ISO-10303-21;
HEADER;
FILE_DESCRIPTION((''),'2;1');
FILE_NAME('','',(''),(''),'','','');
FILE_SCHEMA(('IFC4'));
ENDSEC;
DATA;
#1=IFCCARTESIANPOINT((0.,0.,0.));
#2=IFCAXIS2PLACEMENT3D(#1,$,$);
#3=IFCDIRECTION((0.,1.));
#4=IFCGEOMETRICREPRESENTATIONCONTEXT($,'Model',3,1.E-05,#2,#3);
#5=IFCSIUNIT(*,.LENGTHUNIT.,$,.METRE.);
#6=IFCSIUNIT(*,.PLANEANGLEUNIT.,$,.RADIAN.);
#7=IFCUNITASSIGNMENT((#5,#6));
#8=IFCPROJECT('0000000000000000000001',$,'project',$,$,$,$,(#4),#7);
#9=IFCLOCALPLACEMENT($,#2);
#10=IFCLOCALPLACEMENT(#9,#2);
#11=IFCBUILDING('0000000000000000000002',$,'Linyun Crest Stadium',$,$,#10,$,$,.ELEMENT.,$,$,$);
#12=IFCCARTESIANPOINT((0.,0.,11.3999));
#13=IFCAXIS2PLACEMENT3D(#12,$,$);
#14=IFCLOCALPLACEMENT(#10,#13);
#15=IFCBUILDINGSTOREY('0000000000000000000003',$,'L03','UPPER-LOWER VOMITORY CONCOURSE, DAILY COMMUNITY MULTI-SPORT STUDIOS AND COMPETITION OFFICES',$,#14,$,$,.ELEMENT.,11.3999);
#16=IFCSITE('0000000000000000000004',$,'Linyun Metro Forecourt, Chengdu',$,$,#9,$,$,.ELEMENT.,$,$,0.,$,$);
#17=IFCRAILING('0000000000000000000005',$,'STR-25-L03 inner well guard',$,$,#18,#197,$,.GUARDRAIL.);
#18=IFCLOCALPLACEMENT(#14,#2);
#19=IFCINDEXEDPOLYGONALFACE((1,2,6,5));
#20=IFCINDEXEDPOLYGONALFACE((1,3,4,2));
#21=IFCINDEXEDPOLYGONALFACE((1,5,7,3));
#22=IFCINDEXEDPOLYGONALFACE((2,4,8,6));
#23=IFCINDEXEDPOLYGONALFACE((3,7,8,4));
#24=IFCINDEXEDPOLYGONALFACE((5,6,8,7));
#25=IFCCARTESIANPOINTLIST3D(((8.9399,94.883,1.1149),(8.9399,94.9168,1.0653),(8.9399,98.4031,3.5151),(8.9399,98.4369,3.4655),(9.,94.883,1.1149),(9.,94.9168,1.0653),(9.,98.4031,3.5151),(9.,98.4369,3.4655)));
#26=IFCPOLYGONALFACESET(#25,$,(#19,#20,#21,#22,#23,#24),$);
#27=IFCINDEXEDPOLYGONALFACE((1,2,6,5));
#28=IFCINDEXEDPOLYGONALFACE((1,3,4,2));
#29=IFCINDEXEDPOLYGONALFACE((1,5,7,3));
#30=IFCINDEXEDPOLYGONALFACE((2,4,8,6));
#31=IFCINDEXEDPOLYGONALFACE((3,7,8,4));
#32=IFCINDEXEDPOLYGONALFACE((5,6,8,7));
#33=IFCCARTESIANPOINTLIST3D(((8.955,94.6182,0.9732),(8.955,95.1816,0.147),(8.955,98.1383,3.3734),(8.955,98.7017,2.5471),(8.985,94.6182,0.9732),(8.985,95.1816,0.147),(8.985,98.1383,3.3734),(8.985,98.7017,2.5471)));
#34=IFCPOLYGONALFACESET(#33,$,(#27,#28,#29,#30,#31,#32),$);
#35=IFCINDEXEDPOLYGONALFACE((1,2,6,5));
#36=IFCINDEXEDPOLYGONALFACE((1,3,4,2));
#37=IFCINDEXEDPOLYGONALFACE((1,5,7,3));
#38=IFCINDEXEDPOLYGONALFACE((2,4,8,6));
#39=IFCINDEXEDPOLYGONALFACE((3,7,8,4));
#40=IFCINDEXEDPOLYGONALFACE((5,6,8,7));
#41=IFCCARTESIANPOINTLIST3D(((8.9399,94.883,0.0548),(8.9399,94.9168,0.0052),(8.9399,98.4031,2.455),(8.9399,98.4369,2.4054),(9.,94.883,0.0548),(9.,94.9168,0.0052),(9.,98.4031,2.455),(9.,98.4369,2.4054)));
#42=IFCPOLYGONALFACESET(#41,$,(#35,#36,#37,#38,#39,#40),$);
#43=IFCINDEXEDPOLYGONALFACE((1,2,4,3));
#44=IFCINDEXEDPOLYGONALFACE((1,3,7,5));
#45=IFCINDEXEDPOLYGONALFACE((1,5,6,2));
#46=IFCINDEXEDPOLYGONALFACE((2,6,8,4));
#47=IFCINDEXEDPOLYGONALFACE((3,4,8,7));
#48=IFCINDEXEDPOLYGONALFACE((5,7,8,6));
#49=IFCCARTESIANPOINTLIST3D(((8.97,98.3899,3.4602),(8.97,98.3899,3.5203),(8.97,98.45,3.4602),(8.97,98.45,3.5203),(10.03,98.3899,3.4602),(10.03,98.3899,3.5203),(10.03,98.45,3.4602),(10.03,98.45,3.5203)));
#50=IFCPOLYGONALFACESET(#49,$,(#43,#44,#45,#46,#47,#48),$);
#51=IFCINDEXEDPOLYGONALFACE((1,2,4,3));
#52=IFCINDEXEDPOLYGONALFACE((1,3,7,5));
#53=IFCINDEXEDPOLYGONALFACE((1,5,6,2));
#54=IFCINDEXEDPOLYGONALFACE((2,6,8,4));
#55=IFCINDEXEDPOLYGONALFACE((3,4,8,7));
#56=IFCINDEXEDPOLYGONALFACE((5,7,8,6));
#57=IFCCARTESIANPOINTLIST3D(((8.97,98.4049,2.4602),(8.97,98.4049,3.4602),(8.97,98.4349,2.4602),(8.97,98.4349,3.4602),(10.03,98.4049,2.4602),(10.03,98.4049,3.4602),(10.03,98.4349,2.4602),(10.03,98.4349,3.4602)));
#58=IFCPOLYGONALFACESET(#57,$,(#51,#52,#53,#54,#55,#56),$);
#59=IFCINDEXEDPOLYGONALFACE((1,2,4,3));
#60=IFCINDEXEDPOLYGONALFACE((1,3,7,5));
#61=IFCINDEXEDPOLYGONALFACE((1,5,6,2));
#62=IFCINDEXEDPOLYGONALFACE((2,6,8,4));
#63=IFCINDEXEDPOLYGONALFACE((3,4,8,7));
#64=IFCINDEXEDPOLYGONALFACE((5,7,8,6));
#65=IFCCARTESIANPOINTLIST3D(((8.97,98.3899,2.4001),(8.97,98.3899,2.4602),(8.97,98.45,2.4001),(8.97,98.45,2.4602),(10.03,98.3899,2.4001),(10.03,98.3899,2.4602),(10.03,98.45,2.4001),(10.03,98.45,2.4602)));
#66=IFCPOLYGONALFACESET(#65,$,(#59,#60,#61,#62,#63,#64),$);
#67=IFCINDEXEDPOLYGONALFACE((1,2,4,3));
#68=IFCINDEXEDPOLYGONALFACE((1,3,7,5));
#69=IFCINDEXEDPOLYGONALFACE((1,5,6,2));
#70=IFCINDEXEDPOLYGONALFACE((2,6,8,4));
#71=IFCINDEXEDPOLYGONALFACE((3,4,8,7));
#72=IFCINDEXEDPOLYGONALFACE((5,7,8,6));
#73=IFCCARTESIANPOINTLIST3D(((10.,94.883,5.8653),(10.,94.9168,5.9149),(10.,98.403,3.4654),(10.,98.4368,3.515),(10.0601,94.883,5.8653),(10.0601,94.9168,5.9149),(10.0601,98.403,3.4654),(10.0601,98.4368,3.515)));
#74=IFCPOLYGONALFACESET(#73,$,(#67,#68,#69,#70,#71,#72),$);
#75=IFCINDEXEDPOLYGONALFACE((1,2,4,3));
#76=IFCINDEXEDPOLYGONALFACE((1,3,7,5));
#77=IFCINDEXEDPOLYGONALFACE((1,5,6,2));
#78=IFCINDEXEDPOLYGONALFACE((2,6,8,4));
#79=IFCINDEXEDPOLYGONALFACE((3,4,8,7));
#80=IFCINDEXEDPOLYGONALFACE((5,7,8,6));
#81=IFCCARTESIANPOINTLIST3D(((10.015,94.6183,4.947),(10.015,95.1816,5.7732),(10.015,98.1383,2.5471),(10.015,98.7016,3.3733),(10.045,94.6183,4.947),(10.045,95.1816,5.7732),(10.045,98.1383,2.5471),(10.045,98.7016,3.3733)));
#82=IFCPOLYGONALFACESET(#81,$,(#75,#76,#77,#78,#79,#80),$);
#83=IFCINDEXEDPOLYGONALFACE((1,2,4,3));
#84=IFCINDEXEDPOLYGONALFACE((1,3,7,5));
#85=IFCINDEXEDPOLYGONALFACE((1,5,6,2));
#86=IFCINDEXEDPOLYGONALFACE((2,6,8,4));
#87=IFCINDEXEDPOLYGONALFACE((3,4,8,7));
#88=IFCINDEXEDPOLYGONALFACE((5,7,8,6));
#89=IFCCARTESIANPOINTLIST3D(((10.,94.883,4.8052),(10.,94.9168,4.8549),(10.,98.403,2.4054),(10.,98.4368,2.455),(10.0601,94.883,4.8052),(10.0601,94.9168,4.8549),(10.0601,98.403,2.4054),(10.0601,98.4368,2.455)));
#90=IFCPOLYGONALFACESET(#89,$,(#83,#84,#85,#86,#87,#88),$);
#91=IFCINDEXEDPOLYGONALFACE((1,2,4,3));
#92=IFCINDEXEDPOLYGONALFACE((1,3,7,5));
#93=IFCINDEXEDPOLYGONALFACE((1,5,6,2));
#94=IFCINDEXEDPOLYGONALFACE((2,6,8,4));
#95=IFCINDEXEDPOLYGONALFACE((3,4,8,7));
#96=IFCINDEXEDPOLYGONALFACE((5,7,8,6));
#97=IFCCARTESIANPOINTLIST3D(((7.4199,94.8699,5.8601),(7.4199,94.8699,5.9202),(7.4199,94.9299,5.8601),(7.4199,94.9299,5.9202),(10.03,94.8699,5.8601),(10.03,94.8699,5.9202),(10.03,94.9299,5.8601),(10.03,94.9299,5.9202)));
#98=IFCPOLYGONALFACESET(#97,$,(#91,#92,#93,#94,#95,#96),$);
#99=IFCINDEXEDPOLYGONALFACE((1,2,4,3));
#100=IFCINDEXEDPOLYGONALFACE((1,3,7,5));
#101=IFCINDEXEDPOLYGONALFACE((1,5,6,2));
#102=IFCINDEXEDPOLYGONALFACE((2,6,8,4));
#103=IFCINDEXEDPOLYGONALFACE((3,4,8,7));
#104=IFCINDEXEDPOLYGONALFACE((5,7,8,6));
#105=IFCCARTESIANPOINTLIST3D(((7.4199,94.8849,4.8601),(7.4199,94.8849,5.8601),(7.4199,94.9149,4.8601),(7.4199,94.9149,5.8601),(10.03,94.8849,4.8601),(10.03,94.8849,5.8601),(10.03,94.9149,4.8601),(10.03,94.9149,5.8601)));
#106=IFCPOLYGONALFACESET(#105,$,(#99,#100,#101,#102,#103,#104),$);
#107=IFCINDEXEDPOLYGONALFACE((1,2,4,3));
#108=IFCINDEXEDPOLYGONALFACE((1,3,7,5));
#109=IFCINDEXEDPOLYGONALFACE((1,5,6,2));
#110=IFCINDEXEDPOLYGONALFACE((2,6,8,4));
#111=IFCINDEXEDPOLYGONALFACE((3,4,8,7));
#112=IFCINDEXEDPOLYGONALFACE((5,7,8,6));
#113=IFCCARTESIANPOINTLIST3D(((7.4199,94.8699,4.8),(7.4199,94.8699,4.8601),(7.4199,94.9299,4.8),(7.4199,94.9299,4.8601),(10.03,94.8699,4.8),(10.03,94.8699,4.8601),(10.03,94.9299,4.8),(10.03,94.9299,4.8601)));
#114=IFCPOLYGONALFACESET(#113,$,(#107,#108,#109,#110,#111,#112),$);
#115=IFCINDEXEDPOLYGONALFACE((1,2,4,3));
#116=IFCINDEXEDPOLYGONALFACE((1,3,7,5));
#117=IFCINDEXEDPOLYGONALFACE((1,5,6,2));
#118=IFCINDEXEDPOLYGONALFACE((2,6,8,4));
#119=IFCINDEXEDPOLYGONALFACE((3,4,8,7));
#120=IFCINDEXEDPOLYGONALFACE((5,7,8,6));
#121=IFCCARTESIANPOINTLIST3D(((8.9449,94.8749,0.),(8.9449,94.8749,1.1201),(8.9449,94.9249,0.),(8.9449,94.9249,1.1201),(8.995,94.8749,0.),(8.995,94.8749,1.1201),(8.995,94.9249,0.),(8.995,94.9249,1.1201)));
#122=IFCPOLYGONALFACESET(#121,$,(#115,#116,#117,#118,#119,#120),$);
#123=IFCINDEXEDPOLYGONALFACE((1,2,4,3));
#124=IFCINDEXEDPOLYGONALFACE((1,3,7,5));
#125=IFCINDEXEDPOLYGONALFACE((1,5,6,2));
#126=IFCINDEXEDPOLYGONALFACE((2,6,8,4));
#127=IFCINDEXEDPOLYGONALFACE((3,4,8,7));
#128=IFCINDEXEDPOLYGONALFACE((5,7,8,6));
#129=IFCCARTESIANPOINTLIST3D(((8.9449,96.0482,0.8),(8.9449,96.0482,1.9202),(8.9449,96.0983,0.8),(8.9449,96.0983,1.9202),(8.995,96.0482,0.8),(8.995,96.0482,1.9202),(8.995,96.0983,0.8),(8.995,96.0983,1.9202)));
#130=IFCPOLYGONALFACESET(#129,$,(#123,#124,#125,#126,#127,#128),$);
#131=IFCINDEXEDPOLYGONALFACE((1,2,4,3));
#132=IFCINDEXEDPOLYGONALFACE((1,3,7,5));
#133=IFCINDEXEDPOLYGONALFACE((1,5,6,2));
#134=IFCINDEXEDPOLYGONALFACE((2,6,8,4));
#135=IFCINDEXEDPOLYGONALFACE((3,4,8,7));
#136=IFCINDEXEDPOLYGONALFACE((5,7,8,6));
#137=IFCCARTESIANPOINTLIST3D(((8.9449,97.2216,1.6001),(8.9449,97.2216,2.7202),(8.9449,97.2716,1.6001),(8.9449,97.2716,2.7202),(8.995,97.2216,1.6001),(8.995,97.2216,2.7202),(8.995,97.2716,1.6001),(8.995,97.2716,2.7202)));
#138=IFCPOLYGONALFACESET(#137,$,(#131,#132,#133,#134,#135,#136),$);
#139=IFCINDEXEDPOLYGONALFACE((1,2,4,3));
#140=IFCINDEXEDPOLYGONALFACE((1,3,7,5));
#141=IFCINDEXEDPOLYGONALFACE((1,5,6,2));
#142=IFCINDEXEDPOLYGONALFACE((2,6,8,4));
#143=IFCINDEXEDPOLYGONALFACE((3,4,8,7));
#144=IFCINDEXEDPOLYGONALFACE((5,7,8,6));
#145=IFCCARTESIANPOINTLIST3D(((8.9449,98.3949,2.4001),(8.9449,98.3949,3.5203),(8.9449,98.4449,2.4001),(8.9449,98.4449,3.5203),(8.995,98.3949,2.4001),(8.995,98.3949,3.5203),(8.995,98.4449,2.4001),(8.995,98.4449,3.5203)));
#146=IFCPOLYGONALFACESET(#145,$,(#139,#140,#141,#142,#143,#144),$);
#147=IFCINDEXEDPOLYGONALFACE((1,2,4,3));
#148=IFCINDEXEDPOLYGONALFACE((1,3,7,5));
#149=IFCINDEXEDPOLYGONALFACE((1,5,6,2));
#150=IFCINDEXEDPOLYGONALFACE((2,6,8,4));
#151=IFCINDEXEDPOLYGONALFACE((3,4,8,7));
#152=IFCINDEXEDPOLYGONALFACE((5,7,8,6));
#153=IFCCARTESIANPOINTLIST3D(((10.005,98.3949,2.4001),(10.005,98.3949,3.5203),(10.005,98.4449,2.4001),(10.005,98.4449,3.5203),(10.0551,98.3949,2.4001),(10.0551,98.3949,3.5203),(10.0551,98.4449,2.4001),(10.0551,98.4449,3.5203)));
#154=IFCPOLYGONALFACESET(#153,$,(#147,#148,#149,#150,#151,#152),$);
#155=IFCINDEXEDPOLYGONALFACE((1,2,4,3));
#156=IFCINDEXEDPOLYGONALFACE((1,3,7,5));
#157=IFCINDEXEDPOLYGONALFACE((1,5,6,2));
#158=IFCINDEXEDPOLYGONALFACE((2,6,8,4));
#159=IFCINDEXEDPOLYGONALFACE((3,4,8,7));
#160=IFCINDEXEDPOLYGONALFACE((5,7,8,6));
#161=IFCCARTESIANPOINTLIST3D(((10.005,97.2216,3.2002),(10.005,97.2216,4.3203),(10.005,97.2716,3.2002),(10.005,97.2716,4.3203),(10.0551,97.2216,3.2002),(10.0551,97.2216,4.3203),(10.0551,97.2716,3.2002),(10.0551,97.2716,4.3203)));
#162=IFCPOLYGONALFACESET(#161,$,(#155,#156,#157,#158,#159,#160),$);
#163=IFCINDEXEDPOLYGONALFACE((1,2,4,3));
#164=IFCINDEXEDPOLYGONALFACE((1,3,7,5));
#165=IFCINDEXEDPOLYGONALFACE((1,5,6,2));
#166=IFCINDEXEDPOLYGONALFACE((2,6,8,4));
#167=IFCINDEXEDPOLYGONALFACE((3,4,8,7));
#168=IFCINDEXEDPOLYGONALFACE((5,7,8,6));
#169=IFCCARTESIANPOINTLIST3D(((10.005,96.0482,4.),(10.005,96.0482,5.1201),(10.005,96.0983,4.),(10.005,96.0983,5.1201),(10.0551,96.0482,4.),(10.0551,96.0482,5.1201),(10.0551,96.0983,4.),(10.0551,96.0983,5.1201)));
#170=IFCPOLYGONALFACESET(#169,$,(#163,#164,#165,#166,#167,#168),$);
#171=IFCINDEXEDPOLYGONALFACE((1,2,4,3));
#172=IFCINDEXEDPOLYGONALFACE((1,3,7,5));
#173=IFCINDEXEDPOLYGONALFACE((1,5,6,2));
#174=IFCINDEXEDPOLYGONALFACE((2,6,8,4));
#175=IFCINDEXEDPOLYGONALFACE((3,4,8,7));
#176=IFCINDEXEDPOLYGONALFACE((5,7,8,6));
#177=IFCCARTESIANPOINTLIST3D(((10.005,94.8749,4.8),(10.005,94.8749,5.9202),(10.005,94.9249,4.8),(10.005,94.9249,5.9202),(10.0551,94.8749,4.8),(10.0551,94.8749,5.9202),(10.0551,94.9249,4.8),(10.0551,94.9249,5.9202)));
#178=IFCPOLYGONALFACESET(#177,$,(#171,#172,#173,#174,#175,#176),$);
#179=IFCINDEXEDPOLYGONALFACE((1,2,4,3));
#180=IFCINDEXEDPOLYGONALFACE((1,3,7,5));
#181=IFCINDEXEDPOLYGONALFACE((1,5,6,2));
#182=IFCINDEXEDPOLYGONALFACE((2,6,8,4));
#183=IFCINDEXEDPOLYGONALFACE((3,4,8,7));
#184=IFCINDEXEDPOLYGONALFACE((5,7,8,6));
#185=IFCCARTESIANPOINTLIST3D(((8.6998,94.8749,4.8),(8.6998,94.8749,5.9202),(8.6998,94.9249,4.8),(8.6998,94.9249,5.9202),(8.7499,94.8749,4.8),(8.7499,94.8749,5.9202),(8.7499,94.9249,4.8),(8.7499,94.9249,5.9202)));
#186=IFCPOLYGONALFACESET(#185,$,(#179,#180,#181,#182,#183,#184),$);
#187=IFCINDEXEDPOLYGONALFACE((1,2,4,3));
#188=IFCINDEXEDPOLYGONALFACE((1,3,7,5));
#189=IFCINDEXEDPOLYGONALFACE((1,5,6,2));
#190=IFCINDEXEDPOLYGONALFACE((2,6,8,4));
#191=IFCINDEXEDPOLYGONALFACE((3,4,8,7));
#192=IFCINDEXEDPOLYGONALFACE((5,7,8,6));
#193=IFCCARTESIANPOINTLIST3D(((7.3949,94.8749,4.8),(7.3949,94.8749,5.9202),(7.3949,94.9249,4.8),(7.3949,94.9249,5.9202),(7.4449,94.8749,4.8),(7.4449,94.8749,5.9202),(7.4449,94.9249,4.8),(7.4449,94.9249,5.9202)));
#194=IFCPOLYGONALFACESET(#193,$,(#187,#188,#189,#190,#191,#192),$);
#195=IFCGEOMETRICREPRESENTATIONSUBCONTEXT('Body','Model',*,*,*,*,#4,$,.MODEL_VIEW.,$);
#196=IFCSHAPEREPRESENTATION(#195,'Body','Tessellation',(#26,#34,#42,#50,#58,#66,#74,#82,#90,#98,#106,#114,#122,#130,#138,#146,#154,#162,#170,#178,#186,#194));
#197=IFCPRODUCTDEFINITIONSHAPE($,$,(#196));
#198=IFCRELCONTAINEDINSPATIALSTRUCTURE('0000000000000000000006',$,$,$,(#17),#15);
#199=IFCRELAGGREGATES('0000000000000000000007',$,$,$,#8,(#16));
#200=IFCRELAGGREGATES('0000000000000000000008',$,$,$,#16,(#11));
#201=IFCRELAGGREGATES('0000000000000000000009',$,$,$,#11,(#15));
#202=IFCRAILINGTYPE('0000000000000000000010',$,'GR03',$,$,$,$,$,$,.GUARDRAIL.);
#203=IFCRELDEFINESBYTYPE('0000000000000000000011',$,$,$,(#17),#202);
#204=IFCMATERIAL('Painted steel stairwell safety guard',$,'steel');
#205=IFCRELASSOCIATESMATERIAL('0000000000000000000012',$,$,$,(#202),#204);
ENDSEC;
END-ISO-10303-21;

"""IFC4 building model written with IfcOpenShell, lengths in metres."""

from ifc_helpers import new_model, si_unit, direction, frame, origin, origin_2d, place, context, subcontext, project, spatial, rectangle, extrude, material, type_object, element, save


model = new_model("IFC4")

# Units and contexts
model_context = context("Model", 3, precision=1e-05, world=origin(), true_north=direction((0.0, 1.0)))
body_context = subcontext(model_context, "Body", "Model", "MODEL_VIEW")
ifc_project = project(units=[si_unit("LENGTHUNIT", "METRE"), si_unit("PLANEANGLEUNIT", "RADIAN")], contexts=[model_context])

# Site, building, storey
site_placement = place(None, origin())
site = spatial("IfcSite", under=ifc_project, at=site_placement, Name="Linyun Metro Forecourt, Chengdu", CompositionType="ELEMENT", RefElevation=0.0)
building_placement = place(site_placement, origin())
building = spatial("IfcBuilding", under=site, at=building_placement, Name="Linyun Crest Stadium", CompositionType="ELEMENT")
storey_placement = place(building_placement, frame((0.0, 0.0, 11.3999)))
storey = spatial("IfcBuildingStorey", under=building, at=storey_placement, Name="L03", Description="UPPER-LOWER VOMITORY CONCOURSE, DAILY COMMUNITY MULTI-SPORT STUDIOS AND COMPETITION OFFICES", CompositionType="ELEMENT", Elevation=11.3999)

# Railing
ifc_material_1 = material(Name="Painted steel stairwell safety guard", Category="steel")
railing_type_1 = type_object("IfcRailingType", Name="GR03", PredefinedType="GUARDRAIL", material=ifc_material_1)
railing_1_placement = place(storey_placement, frame((8.97, 94.8999, 0.0)))
element("IfcRailing", 1, at=railing_1_placement, inside=storey, type_object=railing_type_1, Name="STR-25-L03 inner well guard", PredefinedType="GUARDRAIL", context=body_context, shape_type="SweptSolid", body=[
    extrude(rectangle(XDim=0.0601, YDim=0.0601, at=origin_2d()), frame((0.0, 0.0, 1.0901), z_axis=(0.0, 0.826213, 0.563358), x_axis=(-1.0, 0.0, 0.0)), (0.0, 0.0, 1.0), 4.2605),
    extrude(rectangle(XDim=0.03, YDim=1.0, at=origin_2d()), frame((0.0, 0.0, 0.5601), z_axis=(0.0, 0.826213, 0.563358), x_axis=(-1.0, 0.0, 0.0)), (0.0, 0.0, 1.0), 4.2605),
    extrude(rectangle(XDim=0.0601, YDim=0.0601, at=origin_2d()), frame((0.0, 0.0, 0.03), z_axis=(0.0, 0.826213, 0.563358), x_axis=(-1.0, 0.0, 0.0)), (0.0, 0.0, 1.0), 4.2605),
    extrude(rectangle(XDim=0.0601, YDim=0.0601, at=origin_2d()), frame((0.0, 3.52, 3.4902), z_axis=(1.0, 0.0, 0.0), x_axis=(0.0, 1.0, 0.0)), (0.0, 0.0, 1.0), 1.0601),
    extrude(rectangle(XDim=0.03, YDim=1.0, at=origin_2d()), frame((0.0, 3.52, 2.9602), z_axis=(1.0, 0.0, 0.0), x_axis=(0.0, 1.0, 0.0)), (0.0, 0.0, 1.0), 1.0601),
    extrude(rectangle(XDim=0.0601, YDim=0.0601, at=origin_2d()), frame((0.0, 3.52, 2.4302), z_axis=(1.0, 0.0, 0.0), x_axis=(0.0, 1.0, 0.0)), (0.0, 0.0, 1.0), 1.0601),
    extrude(rectangle(XDim=0.0601, YDim=0.0601, at=origin_2d()), frame((1.0601, 3.52, 3.4902), z_axis=(0.0, -0.826239, 0.563319), x_axis=(1.0, 0.0, 0.0)), (0.0, 0.0, 1.0), 4.2603),
    extrude(rectangle(XDim=0.03, YDim=1.0, at=origin_2d()), frame((1.0601, 3.52, 2.9602), z_axis=(0.0, -0.826239, 0.563319), x_axis=(1.0, 0.0, 0.0)), (0.0, 0.0, 1.0), 4.2603),
    extrude(rectangle(XDim=0.0601, YDim=0.0601, at=origin_2d()), frame((1.0601, 3.52, 2.4302), z_axis=(0.0, -0.826239, 0.563319), x_axis=(1.0, 0.0, 0.0)), (0.0, 0.0, 1.0), 4.2603),
    extrude(rectangle(XDim=0.0601, YDim=0.0601, at=origin_2d()), frame((1.0601, 0.0, 5.8901), z_axis=(-1.0, 0.0, 0.0), x_axis=(0.0, -1.0, 0.0)), (0.0, 0.0, 1.0), 2.6101),
    extrude(rectangle(XDim=0.03, YDim=1.0, at=origin_2d()), frame((1.0601, 0.0, 5.3601), z_axis=(-1.0, 0.0, 0.0), x_axis=(0.0, -1.0, 0.0)), (0.0, 0.0, 1.0), 2.6101),
    extrude(rectangle(XDim=0.0601, YDim=0.0601, at=origin_2d()), frame((1.0601, 0.0, 4.8301), z_axis=(-1.0, 0.0, 0.0), x_axis=(0.0, -1.0, 0.0)), (0.0, 0.0, 1.0), 2.6101),
    extrude(rectangle(XDim=0.05, YDim=0.05, at=origin_2d()), origin(), (0.0, 0.0, 1.0), 1.1201),
    extrude(rectangle(XDim=0.05, YDim=0.05, at=origin_2d()), frame((0.0, 1.1733, 0.8)), (0.0, 0.0, 1.0), 1.1201),
    extrude(rectangle(XDim=0.05, YDim=0.05, at=origin_2d()), frame((0.0, 2.3467, 1.6001)), (0.0, 0.0, 1.0), 1.1201),
    extrude(rectangle(XDim=0.05, YDim=0.05, at=origin_2d()), frame((0.0, 3.52, 2.4001)), (0.0, 0.0, 1.0), 1.1201),
    extrude(rectangle(XDim=0.05, YDim=0.05, at=origin_2d()), frame((1.0601, 3.52, 2.4001)), (0.0, 0.0, 1.0), 1.1201),
    extrude(rectangle(XDim=0.05, YDim=0.05, at=origin_2d()), frame((1.0601, 2.3467, 3.2002)), (0.0, 0.0, 1.0), 1.1201),
    extrude(rectangle(XDim=0.05, YDim=0.05, at=origin_2d()), frame((1.0601, 1.1733, 4.0)), (0.0, 0.0, 1.0), 1.1201),
    extrude(rectangle(XDim=0.05, YDim=0.05, at=origin_2d()), frame((1.0601, 0.0, 4.8)), (0.0, 0.0, 1.0), 1.1201),
    extrude(rectangle(XDim=0.05, YDim=0.05, at=origin_2d()), frame((-0.2451, 0.0, 4.8)), (0.0, 0.0, 1.0), 1.1201),
    extrude(rectangle(XDim=0.05, YDim=0.05, at=origin_2d()), frame((-1.55, 0.0, 4.8)), (0.0, 0.0, 1.0), 1.1201),
])

save(model, "model.ifc")
